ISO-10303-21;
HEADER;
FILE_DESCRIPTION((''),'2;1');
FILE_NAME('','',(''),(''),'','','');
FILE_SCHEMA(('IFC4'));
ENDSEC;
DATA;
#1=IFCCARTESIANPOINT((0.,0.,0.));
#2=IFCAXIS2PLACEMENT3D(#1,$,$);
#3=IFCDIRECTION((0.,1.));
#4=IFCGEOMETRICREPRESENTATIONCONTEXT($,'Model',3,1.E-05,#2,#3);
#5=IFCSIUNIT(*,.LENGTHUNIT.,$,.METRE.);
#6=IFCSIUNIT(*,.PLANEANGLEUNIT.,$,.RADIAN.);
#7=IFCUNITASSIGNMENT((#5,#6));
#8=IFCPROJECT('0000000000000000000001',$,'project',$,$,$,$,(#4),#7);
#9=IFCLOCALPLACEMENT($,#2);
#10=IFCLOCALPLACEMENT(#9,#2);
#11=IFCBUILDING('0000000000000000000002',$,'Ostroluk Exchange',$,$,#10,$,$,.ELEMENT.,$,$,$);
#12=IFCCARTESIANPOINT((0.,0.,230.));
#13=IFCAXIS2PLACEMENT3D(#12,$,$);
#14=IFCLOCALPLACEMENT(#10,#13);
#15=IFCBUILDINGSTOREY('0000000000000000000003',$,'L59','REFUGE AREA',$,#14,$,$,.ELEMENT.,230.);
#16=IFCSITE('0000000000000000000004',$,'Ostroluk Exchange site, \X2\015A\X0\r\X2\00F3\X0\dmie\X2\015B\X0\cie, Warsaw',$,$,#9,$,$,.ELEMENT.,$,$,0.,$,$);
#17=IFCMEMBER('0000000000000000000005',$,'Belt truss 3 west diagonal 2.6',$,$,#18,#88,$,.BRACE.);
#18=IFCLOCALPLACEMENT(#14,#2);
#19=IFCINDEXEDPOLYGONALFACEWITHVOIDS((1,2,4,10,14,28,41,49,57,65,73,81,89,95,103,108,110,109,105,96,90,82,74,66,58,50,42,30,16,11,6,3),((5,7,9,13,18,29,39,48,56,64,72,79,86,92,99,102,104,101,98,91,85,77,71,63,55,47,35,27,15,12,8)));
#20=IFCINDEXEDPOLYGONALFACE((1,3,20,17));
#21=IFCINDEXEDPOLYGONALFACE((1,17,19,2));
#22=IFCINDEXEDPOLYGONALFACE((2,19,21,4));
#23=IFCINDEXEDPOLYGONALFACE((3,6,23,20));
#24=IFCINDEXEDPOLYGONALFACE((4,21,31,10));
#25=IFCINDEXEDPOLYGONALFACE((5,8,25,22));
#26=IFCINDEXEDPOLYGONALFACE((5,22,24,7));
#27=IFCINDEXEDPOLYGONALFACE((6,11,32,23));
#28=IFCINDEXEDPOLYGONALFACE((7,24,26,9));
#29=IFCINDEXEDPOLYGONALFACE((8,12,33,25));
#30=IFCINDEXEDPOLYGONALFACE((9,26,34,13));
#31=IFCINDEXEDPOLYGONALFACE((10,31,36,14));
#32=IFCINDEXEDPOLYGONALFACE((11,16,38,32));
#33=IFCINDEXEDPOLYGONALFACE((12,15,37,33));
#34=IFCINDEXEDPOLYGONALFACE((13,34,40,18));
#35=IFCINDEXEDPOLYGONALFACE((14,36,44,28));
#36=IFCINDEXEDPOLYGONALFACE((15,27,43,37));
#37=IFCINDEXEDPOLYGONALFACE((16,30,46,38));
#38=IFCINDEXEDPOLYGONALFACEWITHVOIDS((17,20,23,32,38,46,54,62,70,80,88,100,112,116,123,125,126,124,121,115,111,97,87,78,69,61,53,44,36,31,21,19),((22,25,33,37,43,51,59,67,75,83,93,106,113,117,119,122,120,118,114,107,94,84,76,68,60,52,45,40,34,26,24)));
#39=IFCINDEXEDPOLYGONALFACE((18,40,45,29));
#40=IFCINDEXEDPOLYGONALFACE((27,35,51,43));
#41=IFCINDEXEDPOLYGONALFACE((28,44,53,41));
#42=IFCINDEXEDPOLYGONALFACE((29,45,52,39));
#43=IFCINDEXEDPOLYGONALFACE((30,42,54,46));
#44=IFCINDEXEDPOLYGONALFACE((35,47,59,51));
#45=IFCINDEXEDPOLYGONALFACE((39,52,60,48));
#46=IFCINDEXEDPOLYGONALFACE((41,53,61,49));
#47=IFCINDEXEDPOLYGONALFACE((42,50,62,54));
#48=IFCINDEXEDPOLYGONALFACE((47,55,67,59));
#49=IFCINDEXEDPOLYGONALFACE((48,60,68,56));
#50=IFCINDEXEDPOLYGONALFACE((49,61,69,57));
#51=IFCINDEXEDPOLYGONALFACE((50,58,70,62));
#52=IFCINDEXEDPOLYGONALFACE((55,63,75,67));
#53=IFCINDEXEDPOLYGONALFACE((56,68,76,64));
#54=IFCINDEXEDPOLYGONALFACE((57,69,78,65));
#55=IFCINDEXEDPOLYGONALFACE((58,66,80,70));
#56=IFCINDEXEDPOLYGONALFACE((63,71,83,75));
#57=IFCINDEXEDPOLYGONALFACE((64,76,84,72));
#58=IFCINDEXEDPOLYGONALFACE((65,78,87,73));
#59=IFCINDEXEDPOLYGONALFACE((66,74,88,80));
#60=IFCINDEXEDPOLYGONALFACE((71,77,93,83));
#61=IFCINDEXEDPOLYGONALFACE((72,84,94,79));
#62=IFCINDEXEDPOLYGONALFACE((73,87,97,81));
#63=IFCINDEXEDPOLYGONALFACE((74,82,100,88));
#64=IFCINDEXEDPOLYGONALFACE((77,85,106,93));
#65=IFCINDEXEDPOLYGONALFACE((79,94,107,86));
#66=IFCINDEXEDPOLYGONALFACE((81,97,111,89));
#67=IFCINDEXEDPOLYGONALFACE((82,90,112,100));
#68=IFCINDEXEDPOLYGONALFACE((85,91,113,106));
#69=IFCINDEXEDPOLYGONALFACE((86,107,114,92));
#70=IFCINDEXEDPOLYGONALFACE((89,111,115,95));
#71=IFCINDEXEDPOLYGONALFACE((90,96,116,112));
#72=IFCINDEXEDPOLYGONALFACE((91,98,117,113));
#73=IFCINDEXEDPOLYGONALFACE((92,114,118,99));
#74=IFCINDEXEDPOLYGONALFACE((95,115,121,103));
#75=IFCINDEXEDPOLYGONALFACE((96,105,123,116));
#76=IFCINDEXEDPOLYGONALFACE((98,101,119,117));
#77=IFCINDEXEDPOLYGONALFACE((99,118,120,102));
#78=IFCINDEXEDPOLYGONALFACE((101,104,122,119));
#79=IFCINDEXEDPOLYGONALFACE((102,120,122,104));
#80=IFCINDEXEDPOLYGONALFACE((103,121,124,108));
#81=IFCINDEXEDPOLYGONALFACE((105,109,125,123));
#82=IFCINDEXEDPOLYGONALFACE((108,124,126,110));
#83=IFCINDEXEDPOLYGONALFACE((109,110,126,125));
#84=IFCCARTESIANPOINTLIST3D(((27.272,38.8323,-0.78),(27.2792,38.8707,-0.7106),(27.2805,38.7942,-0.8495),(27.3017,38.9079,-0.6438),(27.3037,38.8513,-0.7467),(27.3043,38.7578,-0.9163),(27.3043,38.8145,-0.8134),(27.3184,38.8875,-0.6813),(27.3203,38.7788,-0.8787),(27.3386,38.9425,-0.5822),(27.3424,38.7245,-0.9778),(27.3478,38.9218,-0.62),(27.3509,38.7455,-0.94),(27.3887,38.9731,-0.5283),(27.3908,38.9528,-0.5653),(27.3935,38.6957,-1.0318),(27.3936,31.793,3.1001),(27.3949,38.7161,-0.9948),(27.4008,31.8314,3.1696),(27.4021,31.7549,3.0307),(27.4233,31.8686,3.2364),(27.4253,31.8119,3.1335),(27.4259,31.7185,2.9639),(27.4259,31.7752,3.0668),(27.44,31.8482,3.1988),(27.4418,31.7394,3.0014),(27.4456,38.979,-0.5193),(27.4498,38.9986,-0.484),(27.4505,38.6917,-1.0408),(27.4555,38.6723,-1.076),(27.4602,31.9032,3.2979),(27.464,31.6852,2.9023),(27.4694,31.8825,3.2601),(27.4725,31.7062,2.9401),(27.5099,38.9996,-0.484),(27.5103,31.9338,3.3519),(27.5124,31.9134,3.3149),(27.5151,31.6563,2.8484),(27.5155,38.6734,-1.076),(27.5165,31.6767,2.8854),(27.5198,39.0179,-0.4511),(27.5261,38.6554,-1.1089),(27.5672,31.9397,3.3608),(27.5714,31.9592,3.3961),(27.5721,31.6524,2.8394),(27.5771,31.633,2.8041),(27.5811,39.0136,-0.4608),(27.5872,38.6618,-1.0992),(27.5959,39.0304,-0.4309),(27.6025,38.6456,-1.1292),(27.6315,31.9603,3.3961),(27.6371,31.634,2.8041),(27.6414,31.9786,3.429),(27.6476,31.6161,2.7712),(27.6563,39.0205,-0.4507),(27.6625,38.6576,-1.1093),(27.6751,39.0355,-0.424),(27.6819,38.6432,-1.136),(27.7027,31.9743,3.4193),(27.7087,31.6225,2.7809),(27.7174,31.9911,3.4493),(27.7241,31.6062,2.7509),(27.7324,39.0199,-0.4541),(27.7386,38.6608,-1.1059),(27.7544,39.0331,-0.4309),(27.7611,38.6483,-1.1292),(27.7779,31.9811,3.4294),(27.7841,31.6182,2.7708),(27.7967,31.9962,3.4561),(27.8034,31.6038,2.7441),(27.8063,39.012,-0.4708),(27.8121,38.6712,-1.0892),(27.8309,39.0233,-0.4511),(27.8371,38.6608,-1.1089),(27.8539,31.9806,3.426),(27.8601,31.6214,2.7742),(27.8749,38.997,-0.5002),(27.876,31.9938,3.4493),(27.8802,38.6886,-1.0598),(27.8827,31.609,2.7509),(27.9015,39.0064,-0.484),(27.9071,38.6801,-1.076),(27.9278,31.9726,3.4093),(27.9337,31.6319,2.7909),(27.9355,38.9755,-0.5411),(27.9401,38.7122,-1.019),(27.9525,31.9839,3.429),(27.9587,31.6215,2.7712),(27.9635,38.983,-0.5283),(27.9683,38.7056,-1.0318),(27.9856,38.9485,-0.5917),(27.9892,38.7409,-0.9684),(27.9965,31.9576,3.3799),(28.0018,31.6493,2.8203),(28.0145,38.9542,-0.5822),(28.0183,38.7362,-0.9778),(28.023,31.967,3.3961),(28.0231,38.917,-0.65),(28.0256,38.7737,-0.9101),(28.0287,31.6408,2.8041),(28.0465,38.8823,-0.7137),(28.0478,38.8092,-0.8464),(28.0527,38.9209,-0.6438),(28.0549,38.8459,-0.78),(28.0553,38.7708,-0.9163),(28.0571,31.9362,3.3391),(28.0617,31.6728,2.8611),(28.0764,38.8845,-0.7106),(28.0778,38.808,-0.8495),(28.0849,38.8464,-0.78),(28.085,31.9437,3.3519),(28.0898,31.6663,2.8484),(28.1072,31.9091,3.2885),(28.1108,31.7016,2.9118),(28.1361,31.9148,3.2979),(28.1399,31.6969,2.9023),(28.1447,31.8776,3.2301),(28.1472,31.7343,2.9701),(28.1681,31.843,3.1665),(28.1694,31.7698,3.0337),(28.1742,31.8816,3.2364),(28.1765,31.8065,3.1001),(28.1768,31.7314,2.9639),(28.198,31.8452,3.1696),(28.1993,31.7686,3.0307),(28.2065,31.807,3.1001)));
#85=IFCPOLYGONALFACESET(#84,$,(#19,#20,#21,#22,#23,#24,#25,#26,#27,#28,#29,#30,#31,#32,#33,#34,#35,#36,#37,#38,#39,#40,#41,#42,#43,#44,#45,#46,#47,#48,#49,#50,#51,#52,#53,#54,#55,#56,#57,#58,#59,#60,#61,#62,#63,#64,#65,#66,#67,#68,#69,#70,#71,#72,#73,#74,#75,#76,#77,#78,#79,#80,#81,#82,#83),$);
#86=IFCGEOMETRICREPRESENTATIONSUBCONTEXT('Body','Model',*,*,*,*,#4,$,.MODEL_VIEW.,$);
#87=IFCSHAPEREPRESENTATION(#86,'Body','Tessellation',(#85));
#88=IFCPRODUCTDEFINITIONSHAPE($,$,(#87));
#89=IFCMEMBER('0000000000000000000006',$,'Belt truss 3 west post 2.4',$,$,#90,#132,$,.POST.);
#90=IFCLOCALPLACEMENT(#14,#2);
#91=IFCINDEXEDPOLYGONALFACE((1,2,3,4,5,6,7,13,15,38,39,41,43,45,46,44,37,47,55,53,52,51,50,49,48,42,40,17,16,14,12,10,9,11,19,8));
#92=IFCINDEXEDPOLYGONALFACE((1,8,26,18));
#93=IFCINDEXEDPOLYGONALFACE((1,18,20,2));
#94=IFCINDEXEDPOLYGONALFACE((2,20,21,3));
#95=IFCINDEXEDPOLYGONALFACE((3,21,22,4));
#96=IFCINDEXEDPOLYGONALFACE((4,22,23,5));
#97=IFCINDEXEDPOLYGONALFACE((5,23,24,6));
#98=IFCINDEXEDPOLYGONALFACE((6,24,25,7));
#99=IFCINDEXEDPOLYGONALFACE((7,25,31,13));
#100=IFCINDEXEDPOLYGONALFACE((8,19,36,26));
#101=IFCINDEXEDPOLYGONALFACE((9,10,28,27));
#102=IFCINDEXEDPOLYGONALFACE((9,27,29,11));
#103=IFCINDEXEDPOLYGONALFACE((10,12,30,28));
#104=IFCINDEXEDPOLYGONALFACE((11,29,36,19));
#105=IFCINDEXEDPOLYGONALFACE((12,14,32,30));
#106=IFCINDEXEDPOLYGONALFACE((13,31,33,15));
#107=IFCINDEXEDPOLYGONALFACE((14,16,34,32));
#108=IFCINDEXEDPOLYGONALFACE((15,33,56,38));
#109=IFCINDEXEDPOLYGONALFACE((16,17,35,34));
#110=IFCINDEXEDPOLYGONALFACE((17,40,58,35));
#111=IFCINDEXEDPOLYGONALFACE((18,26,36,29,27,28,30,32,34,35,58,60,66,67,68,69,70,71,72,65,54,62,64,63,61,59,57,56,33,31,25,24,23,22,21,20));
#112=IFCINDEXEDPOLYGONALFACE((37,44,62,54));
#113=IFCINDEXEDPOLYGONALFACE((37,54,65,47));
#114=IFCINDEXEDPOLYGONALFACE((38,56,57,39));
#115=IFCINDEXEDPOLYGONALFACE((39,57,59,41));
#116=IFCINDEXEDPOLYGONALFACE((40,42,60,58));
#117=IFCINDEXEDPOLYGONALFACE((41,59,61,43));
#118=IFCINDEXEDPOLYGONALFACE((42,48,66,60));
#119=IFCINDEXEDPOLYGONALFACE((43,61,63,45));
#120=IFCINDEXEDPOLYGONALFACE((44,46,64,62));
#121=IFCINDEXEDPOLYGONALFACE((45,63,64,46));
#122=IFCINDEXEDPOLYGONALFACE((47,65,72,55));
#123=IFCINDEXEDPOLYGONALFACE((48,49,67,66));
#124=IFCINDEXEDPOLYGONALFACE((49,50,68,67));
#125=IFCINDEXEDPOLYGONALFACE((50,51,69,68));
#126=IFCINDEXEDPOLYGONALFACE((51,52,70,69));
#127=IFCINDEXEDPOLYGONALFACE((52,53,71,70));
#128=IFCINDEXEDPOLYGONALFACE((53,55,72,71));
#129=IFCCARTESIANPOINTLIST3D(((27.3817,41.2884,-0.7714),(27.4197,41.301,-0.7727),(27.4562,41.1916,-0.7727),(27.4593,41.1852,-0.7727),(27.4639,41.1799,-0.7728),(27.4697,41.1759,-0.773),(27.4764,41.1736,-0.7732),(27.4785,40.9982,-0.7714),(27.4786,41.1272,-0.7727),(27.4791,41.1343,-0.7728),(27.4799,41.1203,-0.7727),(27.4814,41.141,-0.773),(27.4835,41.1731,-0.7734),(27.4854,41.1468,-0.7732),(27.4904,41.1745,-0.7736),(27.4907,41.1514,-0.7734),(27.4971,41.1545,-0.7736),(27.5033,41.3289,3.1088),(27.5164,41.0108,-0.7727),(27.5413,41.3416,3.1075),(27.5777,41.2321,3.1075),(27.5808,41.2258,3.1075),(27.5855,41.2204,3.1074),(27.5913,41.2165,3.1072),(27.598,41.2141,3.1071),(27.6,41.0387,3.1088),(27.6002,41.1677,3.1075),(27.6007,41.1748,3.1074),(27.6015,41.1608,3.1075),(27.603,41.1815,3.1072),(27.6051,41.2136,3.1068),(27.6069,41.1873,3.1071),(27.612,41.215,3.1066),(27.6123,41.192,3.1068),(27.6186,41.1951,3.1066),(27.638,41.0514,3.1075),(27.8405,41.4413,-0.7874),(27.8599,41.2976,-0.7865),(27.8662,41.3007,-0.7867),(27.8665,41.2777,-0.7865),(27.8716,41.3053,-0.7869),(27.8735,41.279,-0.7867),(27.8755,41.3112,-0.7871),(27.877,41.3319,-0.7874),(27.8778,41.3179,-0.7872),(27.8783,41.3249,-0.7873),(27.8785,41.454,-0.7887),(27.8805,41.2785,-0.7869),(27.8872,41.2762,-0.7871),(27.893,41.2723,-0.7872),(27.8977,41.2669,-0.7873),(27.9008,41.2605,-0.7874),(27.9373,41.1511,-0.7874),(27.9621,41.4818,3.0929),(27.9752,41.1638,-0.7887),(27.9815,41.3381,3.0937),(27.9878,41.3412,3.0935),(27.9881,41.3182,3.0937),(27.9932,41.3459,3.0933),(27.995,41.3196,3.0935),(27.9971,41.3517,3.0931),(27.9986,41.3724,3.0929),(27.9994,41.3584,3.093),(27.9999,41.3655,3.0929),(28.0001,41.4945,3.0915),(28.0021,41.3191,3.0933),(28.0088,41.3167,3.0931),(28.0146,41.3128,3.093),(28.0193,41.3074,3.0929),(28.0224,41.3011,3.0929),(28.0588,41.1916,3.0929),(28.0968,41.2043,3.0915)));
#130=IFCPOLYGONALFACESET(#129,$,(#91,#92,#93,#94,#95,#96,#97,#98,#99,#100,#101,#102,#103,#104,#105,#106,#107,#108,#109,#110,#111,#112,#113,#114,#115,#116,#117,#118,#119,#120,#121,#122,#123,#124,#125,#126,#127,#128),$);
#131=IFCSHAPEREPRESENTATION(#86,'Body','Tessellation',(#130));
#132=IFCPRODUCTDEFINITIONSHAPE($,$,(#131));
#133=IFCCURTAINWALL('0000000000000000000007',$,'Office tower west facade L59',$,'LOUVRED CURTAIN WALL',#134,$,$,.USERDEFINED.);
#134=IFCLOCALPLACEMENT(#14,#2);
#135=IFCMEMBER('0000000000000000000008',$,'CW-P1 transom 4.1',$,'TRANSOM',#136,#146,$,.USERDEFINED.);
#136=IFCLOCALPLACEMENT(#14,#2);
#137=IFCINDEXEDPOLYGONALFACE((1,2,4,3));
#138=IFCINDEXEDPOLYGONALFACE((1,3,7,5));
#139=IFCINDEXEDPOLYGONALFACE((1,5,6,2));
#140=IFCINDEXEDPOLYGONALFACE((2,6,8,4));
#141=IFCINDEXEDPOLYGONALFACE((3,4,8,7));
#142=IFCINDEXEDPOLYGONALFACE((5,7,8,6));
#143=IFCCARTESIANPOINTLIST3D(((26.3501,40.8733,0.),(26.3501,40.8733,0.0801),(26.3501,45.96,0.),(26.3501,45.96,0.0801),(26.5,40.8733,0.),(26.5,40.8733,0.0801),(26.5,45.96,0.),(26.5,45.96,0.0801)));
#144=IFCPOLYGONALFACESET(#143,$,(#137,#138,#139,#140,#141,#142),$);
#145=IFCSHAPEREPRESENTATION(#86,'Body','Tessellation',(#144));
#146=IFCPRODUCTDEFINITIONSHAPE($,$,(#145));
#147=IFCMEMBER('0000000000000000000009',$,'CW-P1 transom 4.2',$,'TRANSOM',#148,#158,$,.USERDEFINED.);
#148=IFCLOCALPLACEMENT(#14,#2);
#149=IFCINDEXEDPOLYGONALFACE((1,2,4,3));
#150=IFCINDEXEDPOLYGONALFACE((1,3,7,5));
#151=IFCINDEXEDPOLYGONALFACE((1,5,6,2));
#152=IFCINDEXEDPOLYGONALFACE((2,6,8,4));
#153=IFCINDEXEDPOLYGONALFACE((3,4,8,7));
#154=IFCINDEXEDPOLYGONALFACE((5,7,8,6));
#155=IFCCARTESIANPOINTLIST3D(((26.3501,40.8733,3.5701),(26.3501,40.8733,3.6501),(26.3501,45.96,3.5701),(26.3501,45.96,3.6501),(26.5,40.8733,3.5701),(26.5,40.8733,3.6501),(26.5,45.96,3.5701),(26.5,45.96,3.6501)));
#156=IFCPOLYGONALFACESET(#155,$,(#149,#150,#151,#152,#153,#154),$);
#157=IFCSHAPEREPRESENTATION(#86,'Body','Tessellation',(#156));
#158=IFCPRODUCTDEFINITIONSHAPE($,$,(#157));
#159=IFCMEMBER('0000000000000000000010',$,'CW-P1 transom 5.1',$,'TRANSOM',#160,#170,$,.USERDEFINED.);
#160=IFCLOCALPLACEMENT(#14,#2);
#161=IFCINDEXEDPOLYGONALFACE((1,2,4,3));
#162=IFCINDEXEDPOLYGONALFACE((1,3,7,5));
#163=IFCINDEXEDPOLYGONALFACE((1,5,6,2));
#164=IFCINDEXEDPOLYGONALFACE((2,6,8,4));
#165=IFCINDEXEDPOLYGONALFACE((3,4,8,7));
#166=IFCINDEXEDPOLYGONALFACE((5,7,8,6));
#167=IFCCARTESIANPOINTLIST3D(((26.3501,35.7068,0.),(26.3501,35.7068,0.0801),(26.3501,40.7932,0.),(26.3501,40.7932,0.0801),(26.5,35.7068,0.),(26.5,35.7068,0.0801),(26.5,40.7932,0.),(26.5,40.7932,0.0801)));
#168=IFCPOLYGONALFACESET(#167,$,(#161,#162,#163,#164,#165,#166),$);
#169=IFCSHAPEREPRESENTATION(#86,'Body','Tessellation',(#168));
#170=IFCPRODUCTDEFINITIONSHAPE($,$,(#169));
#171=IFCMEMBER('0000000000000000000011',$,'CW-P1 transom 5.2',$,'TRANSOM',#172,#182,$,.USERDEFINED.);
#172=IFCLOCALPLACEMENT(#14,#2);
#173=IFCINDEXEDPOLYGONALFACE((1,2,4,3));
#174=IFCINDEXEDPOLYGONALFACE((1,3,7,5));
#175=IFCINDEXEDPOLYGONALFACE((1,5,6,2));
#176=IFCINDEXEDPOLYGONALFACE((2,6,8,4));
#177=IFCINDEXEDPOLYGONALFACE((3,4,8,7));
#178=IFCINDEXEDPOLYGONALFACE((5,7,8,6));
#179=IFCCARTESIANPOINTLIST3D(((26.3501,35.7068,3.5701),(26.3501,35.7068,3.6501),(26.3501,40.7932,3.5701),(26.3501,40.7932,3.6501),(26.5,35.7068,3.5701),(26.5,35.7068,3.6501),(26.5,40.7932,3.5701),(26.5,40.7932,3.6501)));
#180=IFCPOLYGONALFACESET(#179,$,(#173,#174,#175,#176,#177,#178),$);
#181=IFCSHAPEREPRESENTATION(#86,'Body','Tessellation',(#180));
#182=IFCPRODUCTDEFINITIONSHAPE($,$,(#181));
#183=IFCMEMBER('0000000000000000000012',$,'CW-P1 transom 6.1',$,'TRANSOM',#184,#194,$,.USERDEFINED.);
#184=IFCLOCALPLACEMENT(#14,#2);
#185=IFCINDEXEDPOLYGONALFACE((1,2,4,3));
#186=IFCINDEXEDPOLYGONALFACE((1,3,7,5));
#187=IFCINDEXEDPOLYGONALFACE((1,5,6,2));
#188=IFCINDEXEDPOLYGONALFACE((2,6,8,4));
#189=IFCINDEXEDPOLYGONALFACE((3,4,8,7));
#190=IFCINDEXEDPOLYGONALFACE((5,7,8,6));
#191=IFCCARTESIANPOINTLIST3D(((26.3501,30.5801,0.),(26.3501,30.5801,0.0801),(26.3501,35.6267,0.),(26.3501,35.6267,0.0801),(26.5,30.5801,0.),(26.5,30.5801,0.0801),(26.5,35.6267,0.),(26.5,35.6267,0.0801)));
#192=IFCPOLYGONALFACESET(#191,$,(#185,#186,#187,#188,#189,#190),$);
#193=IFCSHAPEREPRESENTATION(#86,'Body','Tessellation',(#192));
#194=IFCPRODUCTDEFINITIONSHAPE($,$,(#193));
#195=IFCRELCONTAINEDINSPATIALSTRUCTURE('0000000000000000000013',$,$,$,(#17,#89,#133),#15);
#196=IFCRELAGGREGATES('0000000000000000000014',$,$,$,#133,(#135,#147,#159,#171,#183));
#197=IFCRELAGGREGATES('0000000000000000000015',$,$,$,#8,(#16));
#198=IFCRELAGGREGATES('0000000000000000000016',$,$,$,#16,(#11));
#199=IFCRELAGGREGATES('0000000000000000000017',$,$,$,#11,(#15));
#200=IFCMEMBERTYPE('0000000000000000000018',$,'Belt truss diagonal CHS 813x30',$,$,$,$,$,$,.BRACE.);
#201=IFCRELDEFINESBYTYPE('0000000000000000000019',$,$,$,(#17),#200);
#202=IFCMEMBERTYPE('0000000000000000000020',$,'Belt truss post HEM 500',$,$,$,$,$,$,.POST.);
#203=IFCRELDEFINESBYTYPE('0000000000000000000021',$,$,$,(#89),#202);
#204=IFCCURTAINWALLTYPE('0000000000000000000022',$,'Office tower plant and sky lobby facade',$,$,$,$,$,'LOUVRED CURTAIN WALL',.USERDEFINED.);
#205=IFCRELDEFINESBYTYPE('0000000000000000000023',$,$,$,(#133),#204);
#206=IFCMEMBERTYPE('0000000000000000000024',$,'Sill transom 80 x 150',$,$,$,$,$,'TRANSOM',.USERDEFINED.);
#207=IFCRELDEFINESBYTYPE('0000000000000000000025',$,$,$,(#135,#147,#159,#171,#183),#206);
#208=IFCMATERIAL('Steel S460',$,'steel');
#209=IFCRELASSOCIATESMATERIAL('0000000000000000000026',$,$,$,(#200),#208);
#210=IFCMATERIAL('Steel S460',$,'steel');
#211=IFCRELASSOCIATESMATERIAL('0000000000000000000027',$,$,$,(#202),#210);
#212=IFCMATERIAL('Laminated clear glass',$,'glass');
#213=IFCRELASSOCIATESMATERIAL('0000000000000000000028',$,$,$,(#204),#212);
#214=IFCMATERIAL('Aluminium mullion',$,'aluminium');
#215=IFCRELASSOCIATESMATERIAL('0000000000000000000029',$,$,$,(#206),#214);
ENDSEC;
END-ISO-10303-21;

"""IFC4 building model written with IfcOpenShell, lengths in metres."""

from ifc_helpers import new_model, si_unit, direction, frame, origin, origin_2d, place, context, subcontext, project, spatial, rectangle, hollow_circle, i_section, extrude, material, material_profile, profile_set, type_object, element, aggregate, save


model = new_model("IFC4")

# Units and contexts
model_context = context("Model", 3, precision=1e-05, world=origin(), true_north=direction((0.0, 1.0)))
body_context = subcontext(model_context, "Body", "Model", "MODEL_VIEW")
ifc_project = project(units=[si_unit("LENGTHUNIT", "METRE"), si_unit("PLANEANGLEUNIT", "RADIAN")], contexts=[model_context])

# Site, building, storey
site_placement = place(None, origin())
site = spatial("IfcSite", under=ifc_project, at=site_placement, Name="Ostroluk Exchange site, Śródmieście, Warsaw", CompositionType="ELEMENT", RefElevation=0.0)
building_placement = place(site_placement, origin())
building = spatial("IfcBuilding", under=site, at=building_placement, Name="Ostroluk Exchange", CompositionType="ELEMENT")
storey_placement = place(building_placement, frame((0.0, 0.0, 230.0)))
storey = spatial("IfcBuildingStorey", under=building, at=storey_placement, Name="L59", Description="REFUGE AREA", CompositionType="ELEMENT", Elevation=230.0)

# Members
ifc_material_1 = material(Name="Steel S460", Category="steel")
ifc_material_profile_1 = material_profile(ifc_material_1, hollow_circle(Radius=0.4065, WallThickness=0.03, at=origin_2d()), Name="CHS 813x30")
ifc_profile_set_1 = profile_set([ifc_material_profile_1], Name="Steel S460")
member_type_1 = type_object("IfcMemberType", Name="Belt truss diagonal CHS 813x30", PredefinedType="BRACE", material=ifc_profile_set_1)
member_1_placement = place(storey_placement, frame((27.6785, 38.8394, -0.78), z_axis=(0.015124, -0.875668, 0.482676), x_axis=(0.999851, 0.017269, 0.0)))
element("IfcMember", 1, at=member_1_placement, inside=storey, type_object=member_type_1, Name="Belt truss 3 west diagonal 2.6", PredefinedType="BRACE", context=body_context, shape_type="SweptSolid", body=[
    extrude(hollow_circle(Radius=0.4065, WallThickness=0.03, at=origin_2d()), origin(), (0.0, 0.0, 1.0), 8.0388),
])
ifc_material_2 = material(Name="Steel S460", Category="steel")
ifc_material_profile_2 = material_profile(ifc_material_2, i_section(OverallWidth=0.3059, OverallDepth=0.5239, WebThickness=0.021, FlangeThickness=0.04, FilletRadius=0.0271, at=origin_2d()), Name="HEM 500")
ifc_profile_set_2 = profile_set([ifc_material_profile_2], Name="Steel S460")
member_type_2 = type_object("IfcMemberType", Name="Belt truss post HEM 500", PredefinedType="POST", material=ifc_profile_set_2)
member_2_placement = place(storey_placement, frame((27.6785, 41.2261, -0.78), z_axis=(0.031317, 0.010439, 0.999455), x_axis=(-0.316228, 0.948683, 0.0)))
element("IfcMember", 2, at=member_2_placement, inside=storey, type_object=member_type_2, Name="Belt truss 3 west post 2.4", PredefinedType="POST", context=body_context, shape_type="SweptSolid", body=[
    extrude(i_section(OverallWidth=0.3059, OverallDepth=0.5239, WebThickness=0.021, FlangeThickness=0.04, FilletRadius=0.0271, at=origin_2d()), origin(), (0.0, 0.0, 1.0), 3.8823),
])

# Curtain wall, members
ifc_material_3 = material(Name="Laminated clear glass", Category="glass")
curtain_wall_type = type_object("IfcCurtainWallType", Name="Office tower plant and sky lobby facade", ElementType="LOUVRED CURTAIN WALL", PredefinedType="USERDEFINED", material=ifc_material_3)
curtain_wall_placement = place(storey_placement, origin())
curtain_wall = element("IfcCurtainWall", 3, at=curtain_wall_placement, inside=storey, type_object=curtain_wall_type, Name="Office tower west facade L59", ObjectType="LOUVRED CURTAIN WALL", PredefinedType="USERDEFINED")
ifc_material_4 = material(Name="Aluminium mullion", Category="aluminium")
ifc_material_profile_3 = material_profile(ifc_material_4, rectangle(XDim=0.1499, YDim=0.0801, at=origin_2d()), Name="Sill transom 80 x 150")
ifc_profile_set_3 = profile_set([ifc_material_profile_3], Name="Aluminium mullion")
member_type_3 = type_object("IfcMemberType", Name="Sill transom 80 x 150", ElementType="TRANSOM", PredefinedType="USERDEFINED", material=ifc_profile_set_3)
member_3_placement = place(storey_placement, frame((26.425, 45.96, 0.04), z_axis=(0.0, -1.0, 0.0), x_axis=(1.0, 0.0, 0.0)))
member_3 = element("IfcMember", 4, at=member_3_placement, type_object=member_type_3, Name="CW-P1 transom 4.1", ObjectType="TRANSOM", PredefinedType="USERDEFINED", context=body_context, shape_type="SweptSolid", body=[
    extrude(rectangle(XDim=0.1499, YDim=0.0801, at=origin_2d()), origin(), (0.0, 0.0, 1.0), 5.0867),
])
member_4_placement = place(storey_placement, frame((26.425, 45.96, 3.6101), z_axis=(0.0, -1.0, 0.0), x_axis=(1.0, 0.0, 0.0)))
member_4 = element("IfcMember", 5, at=member_4_placement, type_object=member_type_3, Name="CW-P1 transom 4.2", ObjectType="TRANSOM", PredefinedType="USERDEFINED", context=body_context, shape_type="SweptSolid", body=[
    extrude(rectangle(XDim=0.1499, YDim=0.0801, at=origin_2d()), origin(), (0.0, 0.0, 1.0), 5.0867),
])
member_5_placement = place(storey_placement, frame((26.425, 40.7932, 0.04), z_axis=(0.0, -1.0, 0.0), x_axis=(1.0, 0.0, 0.0)))
member_5 = element("IfcMember", 6, at=member_5_placement, type_object=member_type_3, Name="CW-P1 transom 5.1", ObjectType="TRANSOM", PredefinedType="USERDEFINED", context=body_context, shape_type="SweptSolid", body=[
    extrude(rectangle(XDim=0.1499, YDim=0.0801, at=origin_2d()), origin(), (0.0, 0.0, 1.0), 5.0864),
])
member_6_placement = place(storey_placement, frame((26.425, 40.7932, 3.6101), z_axis=(0.0, -1.0, 0.0), x_axis=(1.0, 0.0, 0.0)))
member_6 = element("IfcMember", 7, at=member_6_placement, type_object=member_type_3, Name="CW-P1 transom 5.2", ObjectType="TRANSOM", PredefinedType="USERDEFINED", context=body_context, shape_type="SweptSolid", body=[
    extrude(rectangle(XDim=0.1499, YDim=0.0801, at=origin_2d()), origin(), (0.0, 0.0, 1.0), 5.0864),
])
member_7_placement = place(storey_placement, frame((26.425, 35.6267, 0.04), z_axis=(0.0, -1.0, 0.0), x_axis=(1.0, 0.0, 0.0)))
member_7 = element("IfcMember", 8, at=member_7_placement, type_object=member_type_3, Name="CW-P1 transom 6.1", ObjectType="TRANSOM", PredefinedType="USERDEFINED", context=body_context, shape_type="SweptSolid", body=[
    extrude(rectangle(XDim=0.1499, YDim=0.0801, at=origin_2d()), origin(), (0.0, 0.0, 1.0), 5.0466),
])
aggregate(curtain_wall, [member_3, member_4, member_5, member_6, member_7])

save(model, "model.ifc")
